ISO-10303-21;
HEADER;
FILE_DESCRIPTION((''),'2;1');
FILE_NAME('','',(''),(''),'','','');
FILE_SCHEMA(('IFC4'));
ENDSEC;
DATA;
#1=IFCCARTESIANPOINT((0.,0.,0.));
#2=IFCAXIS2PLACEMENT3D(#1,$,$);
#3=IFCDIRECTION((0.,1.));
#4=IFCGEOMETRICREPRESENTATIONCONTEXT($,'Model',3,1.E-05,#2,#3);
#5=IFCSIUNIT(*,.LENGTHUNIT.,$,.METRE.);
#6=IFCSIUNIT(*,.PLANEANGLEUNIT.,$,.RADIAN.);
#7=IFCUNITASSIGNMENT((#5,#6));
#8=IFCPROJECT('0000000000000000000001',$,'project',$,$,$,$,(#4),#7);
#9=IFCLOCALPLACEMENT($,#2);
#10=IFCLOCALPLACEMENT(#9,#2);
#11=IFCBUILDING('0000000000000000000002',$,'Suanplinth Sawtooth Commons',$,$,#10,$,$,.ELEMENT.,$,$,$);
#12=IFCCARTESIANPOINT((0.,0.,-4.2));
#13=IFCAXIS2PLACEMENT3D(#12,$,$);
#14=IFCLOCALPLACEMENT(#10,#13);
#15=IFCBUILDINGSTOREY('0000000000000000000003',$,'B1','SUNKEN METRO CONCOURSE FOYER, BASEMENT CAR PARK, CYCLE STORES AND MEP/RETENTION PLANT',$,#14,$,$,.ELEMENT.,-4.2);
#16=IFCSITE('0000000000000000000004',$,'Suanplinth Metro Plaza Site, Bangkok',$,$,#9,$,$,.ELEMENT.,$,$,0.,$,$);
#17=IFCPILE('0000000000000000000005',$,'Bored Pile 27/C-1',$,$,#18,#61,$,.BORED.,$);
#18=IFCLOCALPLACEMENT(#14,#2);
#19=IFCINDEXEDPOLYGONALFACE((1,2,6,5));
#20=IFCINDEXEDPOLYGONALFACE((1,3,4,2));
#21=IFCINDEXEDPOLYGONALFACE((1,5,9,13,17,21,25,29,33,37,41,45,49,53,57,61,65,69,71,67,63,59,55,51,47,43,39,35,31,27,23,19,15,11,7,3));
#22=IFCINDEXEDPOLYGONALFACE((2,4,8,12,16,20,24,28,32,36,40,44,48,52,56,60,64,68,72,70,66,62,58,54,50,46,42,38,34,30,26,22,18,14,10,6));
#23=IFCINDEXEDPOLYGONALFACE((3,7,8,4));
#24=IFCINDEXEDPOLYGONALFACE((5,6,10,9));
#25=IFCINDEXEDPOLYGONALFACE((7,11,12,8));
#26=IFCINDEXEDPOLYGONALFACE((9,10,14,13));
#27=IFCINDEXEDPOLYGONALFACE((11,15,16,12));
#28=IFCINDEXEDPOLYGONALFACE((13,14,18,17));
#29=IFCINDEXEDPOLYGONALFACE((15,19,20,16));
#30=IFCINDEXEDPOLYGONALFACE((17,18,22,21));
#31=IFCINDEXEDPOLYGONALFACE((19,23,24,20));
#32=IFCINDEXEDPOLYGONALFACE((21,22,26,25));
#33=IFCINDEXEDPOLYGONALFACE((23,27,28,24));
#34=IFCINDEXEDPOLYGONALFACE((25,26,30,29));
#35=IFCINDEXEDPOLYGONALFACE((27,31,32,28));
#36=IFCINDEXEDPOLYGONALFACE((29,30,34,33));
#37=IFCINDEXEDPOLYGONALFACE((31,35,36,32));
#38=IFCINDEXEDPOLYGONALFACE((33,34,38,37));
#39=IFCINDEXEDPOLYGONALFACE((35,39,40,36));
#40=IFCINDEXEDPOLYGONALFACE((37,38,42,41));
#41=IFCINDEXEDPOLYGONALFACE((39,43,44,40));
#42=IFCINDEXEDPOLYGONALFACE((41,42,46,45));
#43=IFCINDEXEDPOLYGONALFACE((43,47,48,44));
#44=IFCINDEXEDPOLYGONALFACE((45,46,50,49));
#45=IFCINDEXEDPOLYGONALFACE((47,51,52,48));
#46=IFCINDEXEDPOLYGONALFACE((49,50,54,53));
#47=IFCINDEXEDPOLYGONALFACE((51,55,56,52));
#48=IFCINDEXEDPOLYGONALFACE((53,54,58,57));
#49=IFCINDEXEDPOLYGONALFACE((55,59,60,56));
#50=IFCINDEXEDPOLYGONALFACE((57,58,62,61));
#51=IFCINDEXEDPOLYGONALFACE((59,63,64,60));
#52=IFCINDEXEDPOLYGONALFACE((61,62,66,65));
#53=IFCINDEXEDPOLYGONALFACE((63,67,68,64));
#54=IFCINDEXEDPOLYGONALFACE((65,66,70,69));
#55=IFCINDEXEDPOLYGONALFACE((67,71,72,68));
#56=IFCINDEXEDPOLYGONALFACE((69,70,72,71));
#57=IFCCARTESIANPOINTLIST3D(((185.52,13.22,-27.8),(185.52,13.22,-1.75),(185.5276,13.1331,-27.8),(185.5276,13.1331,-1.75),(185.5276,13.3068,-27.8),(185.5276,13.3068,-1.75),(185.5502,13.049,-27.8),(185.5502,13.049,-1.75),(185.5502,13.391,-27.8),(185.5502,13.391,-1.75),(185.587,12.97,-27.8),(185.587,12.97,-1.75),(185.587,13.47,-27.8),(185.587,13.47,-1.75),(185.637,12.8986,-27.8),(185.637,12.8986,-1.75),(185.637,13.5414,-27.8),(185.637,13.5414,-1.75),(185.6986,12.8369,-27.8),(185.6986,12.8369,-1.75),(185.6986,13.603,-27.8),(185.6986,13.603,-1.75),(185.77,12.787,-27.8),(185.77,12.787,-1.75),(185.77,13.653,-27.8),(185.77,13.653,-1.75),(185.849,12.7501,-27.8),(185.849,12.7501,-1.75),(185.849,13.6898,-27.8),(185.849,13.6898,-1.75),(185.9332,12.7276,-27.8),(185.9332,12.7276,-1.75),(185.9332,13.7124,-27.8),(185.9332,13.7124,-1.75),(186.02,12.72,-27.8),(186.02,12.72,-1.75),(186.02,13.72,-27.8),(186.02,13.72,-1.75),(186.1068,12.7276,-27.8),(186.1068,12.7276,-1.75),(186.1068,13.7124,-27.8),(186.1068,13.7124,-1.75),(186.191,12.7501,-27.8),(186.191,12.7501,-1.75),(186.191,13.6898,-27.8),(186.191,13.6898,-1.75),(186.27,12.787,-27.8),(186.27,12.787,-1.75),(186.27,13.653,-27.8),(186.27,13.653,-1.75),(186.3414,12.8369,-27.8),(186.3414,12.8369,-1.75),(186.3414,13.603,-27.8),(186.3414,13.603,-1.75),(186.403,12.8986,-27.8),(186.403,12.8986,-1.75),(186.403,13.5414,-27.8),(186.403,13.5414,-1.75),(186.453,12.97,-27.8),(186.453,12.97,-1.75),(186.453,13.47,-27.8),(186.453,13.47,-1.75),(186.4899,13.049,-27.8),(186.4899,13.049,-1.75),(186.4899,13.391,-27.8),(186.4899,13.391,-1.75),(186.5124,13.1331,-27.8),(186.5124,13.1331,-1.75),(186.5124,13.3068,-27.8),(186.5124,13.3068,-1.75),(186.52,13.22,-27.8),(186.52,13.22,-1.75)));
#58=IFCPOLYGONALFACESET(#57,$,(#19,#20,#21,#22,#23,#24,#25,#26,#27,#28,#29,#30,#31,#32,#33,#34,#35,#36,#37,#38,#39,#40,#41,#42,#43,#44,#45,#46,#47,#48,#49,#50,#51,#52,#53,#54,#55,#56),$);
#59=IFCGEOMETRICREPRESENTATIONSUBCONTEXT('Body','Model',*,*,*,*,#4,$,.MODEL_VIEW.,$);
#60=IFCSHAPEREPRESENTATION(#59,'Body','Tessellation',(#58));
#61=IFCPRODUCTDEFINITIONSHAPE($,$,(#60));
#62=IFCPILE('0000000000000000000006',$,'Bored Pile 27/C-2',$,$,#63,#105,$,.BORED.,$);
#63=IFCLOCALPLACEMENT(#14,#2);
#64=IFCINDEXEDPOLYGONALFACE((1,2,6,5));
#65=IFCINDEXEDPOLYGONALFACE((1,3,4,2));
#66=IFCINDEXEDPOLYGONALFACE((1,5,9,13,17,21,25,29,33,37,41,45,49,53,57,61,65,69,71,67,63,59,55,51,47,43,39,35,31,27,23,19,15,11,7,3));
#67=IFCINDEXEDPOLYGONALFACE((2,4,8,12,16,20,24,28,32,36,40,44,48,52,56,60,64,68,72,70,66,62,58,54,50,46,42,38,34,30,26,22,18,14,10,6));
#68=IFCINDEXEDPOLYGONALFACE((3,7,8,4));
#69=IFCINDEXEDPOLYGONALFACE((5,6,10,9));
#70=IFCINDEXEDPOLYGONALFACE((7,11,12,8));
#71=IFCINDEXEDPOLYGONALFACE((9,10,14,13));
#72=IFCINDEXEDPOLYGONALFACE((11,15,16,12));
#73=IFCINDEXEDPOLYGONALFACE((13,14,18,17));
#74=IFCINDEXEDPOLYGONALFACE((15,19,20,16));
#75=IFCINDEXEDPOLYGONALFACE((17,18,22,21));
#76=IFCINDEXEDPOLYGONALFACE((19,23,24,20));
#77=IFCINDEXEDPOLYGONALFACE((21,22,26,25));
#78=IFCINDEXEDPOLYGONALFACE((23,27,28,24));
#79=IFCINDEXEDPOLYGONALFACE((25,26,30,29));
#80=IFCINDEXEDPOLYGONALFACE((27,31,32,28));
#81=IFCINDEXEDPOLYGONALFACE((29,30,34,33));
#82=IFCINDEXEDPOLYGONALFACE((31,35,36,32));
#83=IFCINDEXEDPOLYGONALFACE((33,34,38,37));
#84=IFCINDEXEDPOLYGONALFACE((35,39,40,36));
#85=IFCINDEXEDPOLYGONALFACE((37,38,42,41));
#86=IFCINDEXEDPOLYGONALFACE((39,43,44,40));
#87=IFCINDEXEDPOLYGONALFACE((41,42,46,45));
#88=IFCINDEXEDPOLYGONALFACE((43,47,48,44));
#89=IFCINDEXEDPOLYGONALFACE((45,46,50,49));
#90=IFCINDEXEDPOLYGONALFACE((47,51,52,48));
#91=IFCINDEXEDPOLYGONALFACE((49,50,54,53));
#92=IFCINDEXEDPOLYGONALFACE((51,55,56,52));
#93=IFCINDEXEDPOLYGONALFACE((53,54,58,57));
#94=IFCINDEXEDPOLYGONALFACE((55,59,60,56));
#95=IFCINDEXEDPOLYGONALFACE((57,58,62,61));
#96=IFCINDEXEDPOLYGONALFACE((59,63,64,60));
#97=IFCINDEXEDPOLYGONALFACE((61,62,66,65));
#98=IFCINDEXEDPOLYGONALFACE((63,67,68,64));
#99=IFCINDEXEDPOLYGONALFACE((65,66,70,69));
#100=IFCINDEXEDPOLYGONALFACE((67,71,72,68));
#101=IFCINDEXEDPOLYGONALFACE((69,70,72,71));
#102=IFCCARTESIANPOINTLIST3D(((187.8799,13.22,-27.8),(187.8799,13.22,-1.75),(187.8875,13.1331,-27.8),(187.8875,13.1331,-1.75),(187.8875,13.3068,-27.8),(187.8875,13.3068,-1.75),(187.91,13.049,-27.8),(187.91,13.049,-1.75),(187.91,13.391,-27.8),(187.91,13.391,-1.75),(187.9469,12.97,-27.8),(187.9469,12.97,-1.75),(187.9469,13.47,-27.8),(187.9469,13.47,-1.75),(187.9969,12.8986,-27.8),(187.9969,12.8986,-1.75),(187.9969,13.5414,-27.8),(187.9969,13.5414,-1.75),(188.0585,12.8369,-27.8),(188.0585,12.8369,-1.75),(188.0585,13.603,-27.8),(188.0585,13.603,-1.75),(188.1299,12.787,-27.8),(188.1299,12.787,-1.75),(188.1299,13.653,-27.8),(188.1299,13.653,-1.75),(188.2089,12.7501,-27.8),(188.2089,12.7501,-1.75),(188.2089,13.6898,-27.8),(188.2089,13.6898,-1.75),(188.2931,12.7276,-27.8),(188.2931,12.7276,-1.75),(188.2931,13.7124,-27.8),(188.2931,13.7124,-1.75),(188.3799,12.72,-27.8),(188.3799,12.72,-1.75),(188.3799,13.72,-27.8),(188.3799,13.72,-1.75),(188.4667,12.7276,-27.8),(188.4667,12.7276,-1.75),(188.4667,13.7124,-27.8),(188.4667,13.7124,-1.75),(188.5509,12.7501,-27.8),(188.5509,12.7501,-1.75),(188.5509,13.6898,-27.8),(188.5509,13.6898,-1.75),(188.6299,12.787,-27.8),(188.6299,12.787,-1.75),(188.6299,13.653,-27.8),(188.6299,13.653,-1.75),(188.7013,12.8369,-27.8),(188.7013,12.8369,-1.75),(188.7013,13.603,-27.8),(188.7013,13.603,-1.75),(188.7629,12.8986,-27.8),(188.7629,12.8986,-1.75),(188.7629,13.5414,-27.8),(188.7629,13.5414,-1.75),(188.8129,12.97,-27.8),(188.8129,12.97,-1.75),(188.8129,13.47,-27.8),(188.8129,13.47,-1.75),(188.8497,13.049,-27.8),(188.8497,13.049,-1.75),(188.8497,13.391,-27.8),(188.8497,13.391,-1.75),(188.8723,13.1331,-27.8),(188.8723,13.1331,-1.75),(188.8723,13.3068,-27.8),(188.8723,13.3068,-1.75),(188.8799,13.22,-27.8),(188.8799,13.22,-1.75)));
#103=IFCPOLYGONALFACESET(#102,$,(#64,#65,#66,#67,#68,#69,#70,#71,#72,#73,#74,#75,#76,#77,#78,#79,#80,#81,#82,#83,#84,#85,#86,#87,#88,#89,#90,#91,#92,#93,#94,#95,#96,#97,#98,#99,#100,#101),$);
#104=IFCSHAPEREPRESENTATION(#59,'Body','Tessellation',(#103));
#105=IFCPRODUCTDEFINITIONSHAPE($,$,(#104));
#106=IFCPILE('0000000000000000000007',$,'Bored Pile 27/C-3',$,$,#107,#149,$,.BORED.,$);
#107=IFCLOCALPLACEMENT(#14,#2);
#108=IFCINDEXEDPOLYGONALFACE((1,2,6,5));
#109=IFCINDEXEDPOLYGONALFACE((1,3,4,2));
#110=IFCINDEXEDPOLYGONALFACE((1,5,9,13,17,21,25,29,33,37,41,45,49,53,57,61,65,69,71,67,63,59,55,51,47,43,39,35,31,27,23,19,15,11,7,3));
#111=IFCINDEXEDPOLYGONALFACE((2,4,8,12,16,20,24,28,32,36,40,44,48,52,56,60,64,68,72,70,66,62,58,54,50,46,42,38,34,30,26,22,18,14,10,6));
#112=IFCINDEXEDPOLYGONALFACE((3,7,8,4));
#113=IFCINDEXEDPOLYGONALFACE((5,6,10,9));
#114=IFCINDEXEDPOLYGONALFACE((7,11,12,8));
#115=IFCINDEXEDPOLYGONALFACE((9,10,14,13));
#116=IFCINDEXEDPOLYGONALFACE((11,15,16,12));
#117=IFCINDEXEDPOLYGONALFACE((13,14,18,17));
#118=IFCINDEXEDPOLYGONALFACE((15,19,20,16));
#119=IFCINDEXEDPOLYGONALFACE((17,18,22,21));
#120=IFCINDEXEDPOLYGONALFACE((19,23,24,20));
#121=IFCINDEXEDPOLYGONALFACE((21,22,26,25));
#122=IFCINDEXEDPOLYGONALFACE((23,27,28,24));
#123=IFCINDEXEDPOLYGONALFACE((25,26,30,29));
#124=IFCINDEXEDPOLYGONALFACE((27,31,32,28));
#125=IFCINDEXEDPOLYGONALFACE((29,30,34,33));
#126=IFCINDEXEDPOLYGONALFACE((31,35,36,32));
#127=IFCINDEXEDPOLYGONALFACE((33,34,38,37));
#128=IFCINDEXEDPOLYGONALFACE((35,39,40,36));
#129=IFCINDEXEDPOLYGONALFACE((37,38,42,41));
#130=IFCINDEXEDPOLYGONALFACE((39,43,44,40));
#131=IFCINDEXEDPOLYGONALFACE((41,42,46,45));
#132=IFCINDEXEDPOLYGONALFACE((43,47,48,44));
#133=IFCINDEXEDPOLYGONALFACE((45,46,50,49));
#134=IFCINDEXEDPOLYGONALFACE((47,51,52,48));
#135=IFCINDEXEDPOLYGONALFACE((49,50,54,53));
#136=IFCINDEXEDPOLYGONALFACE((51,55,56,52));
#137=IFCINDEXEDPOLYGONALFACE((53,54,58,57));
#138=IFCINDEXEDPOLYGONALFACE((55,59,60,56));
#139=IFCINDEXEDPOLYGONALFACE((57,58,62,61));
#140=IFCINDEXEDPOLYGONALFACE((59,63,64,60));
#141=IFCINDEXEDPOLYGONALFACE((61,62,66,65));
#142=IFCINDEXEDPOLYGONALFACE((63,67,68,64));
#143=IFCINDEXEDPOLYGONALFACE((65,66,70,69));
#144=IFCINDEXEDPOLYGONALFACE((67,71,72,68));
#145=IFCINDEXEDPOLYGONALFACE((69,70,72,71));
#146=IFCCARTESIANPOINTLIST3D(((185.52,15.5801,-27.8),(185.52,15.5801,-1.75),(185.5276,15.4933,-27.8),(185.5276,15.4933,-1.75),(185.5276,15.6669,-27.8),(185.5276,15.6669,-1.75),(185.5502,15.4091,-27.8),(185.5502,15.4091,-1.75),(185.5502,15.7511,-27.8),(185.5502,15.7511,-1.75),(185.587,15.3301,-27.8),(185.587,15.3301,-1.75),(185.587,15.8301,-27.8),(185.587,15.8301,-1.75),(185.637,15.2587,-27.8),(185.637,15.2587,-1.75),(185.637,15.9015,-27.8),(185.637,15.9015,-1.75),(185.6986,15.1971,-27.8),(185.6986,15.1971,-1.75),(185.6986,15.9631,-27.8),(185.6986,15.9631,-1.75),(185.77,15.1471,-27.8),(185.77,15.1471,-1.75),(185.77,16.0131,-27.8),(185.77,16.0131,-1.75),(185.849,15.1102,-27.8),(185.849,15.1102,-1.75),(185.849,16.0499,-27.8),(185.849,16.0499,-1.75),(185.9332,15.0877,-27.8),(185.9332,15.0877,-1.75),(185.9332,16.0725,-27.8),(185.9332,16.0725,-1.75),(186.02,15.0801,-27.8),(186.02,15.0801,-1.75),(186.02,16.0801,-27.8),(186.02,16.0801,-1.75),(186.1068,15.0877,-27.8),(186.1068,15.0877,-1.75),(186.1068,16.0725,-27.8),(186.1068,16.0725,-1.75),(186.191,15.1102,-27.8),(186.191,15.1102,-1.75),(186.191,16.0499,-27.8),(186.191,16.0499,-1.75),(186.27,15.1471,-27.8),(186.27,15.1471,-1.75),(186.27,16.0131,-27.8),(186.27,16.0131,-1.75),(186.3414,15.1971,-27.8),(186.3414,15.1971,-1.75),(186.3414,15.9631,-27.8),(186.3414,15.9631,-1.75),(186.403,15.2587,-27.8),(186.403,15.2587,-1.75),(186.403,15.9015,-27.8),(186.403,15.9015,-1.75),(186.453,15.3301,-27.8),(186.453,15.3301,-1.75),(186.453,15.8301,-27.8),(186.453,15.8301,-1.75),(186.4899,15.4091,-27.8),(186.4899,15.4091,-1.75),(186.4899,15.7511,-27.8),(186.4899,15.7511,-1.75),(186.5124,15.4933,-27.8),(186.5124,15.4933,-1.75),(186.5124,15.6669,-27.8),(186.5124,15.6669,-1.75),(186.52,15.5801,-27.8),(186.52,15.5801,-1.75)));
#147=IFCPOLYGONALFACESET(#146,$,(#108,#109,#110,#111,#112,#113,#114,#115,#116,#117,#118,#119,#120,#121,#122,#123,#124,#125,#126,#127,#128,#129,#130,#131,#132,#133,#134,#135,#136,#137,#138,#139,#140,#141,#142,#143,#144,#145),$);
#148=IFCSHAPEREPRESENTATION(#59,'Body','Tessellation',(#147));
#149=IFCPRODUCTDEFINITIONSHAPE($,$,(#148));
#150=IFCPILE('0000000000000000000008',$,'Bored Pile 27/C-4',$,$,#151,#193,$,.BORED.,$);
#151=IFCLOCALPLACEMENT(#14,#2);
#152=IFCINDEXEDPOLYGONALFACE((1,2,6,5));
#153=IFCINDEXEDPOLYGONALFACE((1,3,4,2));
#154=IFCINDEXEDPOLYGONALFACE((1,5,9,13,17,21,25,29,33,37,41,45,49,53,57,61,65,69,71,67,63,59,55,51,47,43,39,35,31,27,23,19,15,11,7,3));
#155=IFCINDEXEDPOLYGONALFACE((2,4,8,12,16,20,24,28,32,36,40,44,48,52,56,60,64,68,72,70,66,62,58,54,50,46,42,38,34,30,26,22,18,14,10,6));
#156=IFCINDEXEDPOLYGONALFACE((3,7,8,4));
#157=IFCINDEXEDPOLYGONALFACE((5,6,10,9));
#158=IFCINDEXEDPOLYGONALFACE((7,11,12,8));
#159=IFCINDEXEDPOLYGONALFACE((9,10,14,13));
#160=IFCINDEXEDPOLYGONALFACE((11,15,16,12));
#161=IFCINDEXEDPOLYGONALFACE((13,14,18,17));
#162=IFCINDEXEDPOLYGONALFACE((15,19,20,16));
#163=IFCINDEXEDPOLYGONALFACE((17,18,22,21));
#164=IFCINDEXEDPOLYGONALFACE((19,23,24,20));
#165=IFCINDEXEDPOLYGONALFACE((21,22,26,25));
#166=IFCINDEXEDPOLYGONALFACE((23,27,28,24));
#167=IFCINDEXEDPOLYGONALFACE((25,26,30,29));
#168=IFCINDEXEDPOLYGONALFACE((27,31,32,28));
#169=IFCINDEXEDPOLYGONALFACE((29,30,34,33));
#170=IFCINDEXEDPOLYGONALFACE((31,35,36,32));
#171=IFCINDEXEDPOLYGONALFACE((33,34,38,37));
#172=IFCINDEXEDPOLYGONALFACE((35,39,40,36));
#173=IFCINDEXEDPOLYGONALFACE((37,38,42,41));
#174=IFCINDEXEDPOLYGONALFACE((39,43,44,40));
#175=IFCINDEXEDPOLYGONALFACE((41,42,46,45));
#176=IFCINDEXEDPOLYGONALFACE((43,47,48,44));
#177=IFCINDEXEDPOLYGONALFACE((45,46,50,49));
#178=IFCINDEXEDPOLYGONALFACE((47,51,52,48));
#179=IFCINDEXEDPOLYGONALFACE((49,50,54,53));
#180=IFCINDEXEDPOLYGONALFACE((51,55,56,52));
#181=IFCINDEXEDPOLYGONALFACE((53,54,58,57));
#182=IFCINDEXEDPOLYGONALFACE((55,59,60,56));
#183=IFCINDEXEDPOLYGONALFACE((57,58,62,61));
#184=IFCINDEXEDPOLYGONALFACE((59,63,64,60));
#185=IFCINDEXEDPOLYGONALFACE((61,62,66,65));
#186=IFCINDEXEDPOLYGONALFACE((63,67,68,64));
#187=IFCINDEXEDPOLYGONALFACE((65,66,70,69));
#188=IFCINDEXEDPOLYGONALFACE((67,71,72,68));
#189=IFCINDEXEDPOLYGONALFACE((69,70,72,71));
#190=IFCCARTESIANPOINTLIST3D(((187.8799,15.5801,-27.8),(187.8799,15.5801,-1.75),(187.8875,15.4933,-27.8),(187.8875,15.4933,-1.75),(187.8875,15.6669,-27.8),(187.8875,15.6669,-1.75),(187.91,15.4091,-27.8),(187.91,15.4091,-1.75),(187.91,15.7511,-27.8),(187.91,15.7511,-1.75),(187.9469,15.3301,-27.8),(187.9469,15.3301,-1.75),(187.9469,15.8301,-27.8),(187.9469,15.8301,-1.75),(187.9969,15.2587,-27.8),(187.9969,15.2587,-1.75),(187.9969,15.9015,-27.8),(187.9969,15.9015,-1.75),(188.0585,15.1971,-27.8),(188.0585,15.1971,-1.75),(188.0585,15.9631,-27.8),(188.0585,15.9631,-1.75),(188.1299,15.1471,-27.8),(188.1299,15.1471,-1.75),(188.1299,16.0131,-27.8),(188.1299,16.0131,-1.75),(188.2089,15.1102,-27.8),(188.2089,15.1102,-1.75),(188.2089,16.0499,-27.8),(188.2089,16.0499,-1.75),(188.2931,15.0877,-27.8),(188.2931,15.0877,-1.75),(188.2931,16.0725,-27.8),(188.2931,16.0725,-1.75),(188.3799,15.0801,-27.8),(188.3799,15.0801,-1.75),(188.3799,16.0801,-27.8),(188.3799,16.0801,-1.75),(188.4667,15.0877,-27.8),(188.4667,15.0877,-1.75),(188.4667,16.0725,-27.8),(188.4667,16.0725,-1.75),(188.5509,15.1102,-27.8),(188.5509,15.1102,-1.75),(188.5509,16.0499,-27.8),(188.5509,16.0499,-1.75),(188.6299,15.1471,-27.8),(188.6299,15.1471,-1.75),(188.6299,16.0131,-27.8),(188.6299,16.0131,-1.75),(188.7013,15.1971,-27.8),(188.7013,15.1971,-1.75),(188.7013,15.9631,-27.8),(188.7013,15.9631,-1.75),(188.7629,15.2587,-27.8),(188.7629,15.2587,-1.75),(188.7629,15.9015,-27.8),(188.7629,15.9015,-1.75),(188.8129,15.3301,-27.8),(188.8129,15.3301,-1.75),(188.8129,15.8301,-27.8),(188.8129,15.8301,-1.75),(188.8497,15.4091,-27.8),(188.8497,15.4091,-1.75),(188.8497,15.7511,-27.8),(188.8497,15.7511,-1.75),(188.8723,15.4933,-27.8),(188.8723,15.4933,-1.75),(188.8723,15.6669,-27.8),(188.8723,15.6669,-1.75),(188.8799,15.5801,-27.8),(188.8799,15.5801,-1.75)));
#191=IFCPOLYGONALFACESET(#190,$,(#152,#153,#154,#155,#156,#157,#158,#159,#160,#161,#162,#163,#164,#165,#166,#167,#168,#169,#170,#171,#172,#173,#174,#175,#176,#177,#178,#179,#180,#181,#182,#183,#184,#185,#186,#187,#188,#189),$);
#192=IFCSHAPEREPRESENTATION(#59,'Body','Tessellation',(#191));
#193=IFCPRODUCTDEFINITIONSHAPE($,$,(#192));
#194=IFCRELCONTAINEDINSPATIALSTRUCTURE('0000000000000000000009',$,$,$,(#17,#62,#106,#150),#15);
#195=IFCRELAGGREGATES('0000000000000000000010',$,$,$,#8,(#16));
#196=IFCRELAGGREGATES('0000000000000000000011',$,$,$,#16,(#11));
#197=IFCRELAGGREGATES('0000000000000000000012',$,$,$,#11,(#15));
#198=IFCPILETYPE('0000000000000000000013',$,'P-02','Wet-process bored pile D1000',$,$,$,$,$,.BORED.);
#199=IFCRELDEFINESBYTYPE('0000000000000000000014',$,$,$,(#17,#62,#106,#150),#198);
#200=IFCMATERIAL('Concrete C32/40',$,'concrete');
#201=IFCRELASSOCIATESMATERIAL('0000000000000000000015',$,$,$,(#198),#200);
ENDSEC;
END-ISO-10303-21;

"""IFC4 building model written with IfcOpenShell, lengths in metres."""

from ifc_helpers import new_model, si_unit, direction, frame, origin, origin_2d, place, context, subcontext, project, spatial, circle, extrude, material, material_profile, profile_set, type_object, element, save


model = new_model("IFC4")

# Units and contexts
model_context = context("Model", 3, precision=1e-05, world=origin(), true_north=direction((0.0, 1.0)))
body_context = subcontext(model_context, "Body", "Model", "MODEL_VIEW")
ifc_project = project(units=[si_unit("LENGTHUNIT", "METRE"), si_unit("PLANEANGLEUNIT", "RADIAN")], contexts=[model_context])

# Site, building, storey
site_placement = place(None, origin())
site = spatial("IfcSite", under=ifc_project, at=site_placement, Name="Suanplinth Metro Plaza Site, Bangkok", CompositionType="ELEMENT", RefElevation=0.0)
building_placement = place(site_placement, origin())
building = spatial("IfcBuilding", under=site, at=building_placement, Name="Suanplinth Sawtooth Commons", CompositionType="ELEMENT")
storey_placement = place(building_placement, frame((0.0, 0.0, -4.2)))
storey = spatial("IfcBuildingStorey", under=building, at=storey_placement, Name="B1", Description="SUNKEN METRO CONCOURSE FOYER, BASEMENT CAR PARK, CYCLE STORES AND MEP/RETENTION PLANT", CompositionType="ELEMENT", Elevation=-4.2)

# Piles
ifc_material_1 = material(Name="Concrete C32/40", Category="concrete")
ifc_material_profile_1 = material_profile(ifc_material_1, circle(Radius=0.5, at=origin_2d()), Name="PILE D1000")
ifc_profile_set_1 = profile_set([ifc_material_profile_1], Name="Concrete C32/40")
pile_type = type_object("IfcPileType", Name="P-02", Description="Wet-process bored pile D1000", PredefinedType="BORED", material=ifc_profile_set_1)
for number, where, z_axis, x_axis, name in (
    (1, (186.02, 13.22, -1.75), (0.0, 0.0, -1.0), (1.0, 0.0, 0.0), "Bored Pile 27/C-1"),
    (2, (188.3799, 13.22, -1.75), (0.0, 0.0, -1.0), (1.0, 0.0, 0.0), "Bored Pile 27/C-2"),
    (3, (186.02, 15.5801, -1.75), (0.0, 0.0, -1.0), (1.0, 0.0, 0.0), "Bored Pile 27/C-3"),
    (4, (188.3799, 15.5801, -1.75), (0.0, 0.0, -1.0), (1.0, 0.0, 0.0), "Bored Pile 27/C-4"),
):
    element("IfcPile", number, at=place(storey_placement, frame(where, z_axis=z_axis, x_axis=x_axis)), inside=storey, type_object=pile_type, Name=name, PredefinedType="BORED", context=body_context, shape_type="SweptSolid", body=[
        extrude(circle(Radius=0.5, at=origin_2d()), origin(), (0.0, 0.0, 1.0), 26.05),
    ])

save(model, "model.ifc")
